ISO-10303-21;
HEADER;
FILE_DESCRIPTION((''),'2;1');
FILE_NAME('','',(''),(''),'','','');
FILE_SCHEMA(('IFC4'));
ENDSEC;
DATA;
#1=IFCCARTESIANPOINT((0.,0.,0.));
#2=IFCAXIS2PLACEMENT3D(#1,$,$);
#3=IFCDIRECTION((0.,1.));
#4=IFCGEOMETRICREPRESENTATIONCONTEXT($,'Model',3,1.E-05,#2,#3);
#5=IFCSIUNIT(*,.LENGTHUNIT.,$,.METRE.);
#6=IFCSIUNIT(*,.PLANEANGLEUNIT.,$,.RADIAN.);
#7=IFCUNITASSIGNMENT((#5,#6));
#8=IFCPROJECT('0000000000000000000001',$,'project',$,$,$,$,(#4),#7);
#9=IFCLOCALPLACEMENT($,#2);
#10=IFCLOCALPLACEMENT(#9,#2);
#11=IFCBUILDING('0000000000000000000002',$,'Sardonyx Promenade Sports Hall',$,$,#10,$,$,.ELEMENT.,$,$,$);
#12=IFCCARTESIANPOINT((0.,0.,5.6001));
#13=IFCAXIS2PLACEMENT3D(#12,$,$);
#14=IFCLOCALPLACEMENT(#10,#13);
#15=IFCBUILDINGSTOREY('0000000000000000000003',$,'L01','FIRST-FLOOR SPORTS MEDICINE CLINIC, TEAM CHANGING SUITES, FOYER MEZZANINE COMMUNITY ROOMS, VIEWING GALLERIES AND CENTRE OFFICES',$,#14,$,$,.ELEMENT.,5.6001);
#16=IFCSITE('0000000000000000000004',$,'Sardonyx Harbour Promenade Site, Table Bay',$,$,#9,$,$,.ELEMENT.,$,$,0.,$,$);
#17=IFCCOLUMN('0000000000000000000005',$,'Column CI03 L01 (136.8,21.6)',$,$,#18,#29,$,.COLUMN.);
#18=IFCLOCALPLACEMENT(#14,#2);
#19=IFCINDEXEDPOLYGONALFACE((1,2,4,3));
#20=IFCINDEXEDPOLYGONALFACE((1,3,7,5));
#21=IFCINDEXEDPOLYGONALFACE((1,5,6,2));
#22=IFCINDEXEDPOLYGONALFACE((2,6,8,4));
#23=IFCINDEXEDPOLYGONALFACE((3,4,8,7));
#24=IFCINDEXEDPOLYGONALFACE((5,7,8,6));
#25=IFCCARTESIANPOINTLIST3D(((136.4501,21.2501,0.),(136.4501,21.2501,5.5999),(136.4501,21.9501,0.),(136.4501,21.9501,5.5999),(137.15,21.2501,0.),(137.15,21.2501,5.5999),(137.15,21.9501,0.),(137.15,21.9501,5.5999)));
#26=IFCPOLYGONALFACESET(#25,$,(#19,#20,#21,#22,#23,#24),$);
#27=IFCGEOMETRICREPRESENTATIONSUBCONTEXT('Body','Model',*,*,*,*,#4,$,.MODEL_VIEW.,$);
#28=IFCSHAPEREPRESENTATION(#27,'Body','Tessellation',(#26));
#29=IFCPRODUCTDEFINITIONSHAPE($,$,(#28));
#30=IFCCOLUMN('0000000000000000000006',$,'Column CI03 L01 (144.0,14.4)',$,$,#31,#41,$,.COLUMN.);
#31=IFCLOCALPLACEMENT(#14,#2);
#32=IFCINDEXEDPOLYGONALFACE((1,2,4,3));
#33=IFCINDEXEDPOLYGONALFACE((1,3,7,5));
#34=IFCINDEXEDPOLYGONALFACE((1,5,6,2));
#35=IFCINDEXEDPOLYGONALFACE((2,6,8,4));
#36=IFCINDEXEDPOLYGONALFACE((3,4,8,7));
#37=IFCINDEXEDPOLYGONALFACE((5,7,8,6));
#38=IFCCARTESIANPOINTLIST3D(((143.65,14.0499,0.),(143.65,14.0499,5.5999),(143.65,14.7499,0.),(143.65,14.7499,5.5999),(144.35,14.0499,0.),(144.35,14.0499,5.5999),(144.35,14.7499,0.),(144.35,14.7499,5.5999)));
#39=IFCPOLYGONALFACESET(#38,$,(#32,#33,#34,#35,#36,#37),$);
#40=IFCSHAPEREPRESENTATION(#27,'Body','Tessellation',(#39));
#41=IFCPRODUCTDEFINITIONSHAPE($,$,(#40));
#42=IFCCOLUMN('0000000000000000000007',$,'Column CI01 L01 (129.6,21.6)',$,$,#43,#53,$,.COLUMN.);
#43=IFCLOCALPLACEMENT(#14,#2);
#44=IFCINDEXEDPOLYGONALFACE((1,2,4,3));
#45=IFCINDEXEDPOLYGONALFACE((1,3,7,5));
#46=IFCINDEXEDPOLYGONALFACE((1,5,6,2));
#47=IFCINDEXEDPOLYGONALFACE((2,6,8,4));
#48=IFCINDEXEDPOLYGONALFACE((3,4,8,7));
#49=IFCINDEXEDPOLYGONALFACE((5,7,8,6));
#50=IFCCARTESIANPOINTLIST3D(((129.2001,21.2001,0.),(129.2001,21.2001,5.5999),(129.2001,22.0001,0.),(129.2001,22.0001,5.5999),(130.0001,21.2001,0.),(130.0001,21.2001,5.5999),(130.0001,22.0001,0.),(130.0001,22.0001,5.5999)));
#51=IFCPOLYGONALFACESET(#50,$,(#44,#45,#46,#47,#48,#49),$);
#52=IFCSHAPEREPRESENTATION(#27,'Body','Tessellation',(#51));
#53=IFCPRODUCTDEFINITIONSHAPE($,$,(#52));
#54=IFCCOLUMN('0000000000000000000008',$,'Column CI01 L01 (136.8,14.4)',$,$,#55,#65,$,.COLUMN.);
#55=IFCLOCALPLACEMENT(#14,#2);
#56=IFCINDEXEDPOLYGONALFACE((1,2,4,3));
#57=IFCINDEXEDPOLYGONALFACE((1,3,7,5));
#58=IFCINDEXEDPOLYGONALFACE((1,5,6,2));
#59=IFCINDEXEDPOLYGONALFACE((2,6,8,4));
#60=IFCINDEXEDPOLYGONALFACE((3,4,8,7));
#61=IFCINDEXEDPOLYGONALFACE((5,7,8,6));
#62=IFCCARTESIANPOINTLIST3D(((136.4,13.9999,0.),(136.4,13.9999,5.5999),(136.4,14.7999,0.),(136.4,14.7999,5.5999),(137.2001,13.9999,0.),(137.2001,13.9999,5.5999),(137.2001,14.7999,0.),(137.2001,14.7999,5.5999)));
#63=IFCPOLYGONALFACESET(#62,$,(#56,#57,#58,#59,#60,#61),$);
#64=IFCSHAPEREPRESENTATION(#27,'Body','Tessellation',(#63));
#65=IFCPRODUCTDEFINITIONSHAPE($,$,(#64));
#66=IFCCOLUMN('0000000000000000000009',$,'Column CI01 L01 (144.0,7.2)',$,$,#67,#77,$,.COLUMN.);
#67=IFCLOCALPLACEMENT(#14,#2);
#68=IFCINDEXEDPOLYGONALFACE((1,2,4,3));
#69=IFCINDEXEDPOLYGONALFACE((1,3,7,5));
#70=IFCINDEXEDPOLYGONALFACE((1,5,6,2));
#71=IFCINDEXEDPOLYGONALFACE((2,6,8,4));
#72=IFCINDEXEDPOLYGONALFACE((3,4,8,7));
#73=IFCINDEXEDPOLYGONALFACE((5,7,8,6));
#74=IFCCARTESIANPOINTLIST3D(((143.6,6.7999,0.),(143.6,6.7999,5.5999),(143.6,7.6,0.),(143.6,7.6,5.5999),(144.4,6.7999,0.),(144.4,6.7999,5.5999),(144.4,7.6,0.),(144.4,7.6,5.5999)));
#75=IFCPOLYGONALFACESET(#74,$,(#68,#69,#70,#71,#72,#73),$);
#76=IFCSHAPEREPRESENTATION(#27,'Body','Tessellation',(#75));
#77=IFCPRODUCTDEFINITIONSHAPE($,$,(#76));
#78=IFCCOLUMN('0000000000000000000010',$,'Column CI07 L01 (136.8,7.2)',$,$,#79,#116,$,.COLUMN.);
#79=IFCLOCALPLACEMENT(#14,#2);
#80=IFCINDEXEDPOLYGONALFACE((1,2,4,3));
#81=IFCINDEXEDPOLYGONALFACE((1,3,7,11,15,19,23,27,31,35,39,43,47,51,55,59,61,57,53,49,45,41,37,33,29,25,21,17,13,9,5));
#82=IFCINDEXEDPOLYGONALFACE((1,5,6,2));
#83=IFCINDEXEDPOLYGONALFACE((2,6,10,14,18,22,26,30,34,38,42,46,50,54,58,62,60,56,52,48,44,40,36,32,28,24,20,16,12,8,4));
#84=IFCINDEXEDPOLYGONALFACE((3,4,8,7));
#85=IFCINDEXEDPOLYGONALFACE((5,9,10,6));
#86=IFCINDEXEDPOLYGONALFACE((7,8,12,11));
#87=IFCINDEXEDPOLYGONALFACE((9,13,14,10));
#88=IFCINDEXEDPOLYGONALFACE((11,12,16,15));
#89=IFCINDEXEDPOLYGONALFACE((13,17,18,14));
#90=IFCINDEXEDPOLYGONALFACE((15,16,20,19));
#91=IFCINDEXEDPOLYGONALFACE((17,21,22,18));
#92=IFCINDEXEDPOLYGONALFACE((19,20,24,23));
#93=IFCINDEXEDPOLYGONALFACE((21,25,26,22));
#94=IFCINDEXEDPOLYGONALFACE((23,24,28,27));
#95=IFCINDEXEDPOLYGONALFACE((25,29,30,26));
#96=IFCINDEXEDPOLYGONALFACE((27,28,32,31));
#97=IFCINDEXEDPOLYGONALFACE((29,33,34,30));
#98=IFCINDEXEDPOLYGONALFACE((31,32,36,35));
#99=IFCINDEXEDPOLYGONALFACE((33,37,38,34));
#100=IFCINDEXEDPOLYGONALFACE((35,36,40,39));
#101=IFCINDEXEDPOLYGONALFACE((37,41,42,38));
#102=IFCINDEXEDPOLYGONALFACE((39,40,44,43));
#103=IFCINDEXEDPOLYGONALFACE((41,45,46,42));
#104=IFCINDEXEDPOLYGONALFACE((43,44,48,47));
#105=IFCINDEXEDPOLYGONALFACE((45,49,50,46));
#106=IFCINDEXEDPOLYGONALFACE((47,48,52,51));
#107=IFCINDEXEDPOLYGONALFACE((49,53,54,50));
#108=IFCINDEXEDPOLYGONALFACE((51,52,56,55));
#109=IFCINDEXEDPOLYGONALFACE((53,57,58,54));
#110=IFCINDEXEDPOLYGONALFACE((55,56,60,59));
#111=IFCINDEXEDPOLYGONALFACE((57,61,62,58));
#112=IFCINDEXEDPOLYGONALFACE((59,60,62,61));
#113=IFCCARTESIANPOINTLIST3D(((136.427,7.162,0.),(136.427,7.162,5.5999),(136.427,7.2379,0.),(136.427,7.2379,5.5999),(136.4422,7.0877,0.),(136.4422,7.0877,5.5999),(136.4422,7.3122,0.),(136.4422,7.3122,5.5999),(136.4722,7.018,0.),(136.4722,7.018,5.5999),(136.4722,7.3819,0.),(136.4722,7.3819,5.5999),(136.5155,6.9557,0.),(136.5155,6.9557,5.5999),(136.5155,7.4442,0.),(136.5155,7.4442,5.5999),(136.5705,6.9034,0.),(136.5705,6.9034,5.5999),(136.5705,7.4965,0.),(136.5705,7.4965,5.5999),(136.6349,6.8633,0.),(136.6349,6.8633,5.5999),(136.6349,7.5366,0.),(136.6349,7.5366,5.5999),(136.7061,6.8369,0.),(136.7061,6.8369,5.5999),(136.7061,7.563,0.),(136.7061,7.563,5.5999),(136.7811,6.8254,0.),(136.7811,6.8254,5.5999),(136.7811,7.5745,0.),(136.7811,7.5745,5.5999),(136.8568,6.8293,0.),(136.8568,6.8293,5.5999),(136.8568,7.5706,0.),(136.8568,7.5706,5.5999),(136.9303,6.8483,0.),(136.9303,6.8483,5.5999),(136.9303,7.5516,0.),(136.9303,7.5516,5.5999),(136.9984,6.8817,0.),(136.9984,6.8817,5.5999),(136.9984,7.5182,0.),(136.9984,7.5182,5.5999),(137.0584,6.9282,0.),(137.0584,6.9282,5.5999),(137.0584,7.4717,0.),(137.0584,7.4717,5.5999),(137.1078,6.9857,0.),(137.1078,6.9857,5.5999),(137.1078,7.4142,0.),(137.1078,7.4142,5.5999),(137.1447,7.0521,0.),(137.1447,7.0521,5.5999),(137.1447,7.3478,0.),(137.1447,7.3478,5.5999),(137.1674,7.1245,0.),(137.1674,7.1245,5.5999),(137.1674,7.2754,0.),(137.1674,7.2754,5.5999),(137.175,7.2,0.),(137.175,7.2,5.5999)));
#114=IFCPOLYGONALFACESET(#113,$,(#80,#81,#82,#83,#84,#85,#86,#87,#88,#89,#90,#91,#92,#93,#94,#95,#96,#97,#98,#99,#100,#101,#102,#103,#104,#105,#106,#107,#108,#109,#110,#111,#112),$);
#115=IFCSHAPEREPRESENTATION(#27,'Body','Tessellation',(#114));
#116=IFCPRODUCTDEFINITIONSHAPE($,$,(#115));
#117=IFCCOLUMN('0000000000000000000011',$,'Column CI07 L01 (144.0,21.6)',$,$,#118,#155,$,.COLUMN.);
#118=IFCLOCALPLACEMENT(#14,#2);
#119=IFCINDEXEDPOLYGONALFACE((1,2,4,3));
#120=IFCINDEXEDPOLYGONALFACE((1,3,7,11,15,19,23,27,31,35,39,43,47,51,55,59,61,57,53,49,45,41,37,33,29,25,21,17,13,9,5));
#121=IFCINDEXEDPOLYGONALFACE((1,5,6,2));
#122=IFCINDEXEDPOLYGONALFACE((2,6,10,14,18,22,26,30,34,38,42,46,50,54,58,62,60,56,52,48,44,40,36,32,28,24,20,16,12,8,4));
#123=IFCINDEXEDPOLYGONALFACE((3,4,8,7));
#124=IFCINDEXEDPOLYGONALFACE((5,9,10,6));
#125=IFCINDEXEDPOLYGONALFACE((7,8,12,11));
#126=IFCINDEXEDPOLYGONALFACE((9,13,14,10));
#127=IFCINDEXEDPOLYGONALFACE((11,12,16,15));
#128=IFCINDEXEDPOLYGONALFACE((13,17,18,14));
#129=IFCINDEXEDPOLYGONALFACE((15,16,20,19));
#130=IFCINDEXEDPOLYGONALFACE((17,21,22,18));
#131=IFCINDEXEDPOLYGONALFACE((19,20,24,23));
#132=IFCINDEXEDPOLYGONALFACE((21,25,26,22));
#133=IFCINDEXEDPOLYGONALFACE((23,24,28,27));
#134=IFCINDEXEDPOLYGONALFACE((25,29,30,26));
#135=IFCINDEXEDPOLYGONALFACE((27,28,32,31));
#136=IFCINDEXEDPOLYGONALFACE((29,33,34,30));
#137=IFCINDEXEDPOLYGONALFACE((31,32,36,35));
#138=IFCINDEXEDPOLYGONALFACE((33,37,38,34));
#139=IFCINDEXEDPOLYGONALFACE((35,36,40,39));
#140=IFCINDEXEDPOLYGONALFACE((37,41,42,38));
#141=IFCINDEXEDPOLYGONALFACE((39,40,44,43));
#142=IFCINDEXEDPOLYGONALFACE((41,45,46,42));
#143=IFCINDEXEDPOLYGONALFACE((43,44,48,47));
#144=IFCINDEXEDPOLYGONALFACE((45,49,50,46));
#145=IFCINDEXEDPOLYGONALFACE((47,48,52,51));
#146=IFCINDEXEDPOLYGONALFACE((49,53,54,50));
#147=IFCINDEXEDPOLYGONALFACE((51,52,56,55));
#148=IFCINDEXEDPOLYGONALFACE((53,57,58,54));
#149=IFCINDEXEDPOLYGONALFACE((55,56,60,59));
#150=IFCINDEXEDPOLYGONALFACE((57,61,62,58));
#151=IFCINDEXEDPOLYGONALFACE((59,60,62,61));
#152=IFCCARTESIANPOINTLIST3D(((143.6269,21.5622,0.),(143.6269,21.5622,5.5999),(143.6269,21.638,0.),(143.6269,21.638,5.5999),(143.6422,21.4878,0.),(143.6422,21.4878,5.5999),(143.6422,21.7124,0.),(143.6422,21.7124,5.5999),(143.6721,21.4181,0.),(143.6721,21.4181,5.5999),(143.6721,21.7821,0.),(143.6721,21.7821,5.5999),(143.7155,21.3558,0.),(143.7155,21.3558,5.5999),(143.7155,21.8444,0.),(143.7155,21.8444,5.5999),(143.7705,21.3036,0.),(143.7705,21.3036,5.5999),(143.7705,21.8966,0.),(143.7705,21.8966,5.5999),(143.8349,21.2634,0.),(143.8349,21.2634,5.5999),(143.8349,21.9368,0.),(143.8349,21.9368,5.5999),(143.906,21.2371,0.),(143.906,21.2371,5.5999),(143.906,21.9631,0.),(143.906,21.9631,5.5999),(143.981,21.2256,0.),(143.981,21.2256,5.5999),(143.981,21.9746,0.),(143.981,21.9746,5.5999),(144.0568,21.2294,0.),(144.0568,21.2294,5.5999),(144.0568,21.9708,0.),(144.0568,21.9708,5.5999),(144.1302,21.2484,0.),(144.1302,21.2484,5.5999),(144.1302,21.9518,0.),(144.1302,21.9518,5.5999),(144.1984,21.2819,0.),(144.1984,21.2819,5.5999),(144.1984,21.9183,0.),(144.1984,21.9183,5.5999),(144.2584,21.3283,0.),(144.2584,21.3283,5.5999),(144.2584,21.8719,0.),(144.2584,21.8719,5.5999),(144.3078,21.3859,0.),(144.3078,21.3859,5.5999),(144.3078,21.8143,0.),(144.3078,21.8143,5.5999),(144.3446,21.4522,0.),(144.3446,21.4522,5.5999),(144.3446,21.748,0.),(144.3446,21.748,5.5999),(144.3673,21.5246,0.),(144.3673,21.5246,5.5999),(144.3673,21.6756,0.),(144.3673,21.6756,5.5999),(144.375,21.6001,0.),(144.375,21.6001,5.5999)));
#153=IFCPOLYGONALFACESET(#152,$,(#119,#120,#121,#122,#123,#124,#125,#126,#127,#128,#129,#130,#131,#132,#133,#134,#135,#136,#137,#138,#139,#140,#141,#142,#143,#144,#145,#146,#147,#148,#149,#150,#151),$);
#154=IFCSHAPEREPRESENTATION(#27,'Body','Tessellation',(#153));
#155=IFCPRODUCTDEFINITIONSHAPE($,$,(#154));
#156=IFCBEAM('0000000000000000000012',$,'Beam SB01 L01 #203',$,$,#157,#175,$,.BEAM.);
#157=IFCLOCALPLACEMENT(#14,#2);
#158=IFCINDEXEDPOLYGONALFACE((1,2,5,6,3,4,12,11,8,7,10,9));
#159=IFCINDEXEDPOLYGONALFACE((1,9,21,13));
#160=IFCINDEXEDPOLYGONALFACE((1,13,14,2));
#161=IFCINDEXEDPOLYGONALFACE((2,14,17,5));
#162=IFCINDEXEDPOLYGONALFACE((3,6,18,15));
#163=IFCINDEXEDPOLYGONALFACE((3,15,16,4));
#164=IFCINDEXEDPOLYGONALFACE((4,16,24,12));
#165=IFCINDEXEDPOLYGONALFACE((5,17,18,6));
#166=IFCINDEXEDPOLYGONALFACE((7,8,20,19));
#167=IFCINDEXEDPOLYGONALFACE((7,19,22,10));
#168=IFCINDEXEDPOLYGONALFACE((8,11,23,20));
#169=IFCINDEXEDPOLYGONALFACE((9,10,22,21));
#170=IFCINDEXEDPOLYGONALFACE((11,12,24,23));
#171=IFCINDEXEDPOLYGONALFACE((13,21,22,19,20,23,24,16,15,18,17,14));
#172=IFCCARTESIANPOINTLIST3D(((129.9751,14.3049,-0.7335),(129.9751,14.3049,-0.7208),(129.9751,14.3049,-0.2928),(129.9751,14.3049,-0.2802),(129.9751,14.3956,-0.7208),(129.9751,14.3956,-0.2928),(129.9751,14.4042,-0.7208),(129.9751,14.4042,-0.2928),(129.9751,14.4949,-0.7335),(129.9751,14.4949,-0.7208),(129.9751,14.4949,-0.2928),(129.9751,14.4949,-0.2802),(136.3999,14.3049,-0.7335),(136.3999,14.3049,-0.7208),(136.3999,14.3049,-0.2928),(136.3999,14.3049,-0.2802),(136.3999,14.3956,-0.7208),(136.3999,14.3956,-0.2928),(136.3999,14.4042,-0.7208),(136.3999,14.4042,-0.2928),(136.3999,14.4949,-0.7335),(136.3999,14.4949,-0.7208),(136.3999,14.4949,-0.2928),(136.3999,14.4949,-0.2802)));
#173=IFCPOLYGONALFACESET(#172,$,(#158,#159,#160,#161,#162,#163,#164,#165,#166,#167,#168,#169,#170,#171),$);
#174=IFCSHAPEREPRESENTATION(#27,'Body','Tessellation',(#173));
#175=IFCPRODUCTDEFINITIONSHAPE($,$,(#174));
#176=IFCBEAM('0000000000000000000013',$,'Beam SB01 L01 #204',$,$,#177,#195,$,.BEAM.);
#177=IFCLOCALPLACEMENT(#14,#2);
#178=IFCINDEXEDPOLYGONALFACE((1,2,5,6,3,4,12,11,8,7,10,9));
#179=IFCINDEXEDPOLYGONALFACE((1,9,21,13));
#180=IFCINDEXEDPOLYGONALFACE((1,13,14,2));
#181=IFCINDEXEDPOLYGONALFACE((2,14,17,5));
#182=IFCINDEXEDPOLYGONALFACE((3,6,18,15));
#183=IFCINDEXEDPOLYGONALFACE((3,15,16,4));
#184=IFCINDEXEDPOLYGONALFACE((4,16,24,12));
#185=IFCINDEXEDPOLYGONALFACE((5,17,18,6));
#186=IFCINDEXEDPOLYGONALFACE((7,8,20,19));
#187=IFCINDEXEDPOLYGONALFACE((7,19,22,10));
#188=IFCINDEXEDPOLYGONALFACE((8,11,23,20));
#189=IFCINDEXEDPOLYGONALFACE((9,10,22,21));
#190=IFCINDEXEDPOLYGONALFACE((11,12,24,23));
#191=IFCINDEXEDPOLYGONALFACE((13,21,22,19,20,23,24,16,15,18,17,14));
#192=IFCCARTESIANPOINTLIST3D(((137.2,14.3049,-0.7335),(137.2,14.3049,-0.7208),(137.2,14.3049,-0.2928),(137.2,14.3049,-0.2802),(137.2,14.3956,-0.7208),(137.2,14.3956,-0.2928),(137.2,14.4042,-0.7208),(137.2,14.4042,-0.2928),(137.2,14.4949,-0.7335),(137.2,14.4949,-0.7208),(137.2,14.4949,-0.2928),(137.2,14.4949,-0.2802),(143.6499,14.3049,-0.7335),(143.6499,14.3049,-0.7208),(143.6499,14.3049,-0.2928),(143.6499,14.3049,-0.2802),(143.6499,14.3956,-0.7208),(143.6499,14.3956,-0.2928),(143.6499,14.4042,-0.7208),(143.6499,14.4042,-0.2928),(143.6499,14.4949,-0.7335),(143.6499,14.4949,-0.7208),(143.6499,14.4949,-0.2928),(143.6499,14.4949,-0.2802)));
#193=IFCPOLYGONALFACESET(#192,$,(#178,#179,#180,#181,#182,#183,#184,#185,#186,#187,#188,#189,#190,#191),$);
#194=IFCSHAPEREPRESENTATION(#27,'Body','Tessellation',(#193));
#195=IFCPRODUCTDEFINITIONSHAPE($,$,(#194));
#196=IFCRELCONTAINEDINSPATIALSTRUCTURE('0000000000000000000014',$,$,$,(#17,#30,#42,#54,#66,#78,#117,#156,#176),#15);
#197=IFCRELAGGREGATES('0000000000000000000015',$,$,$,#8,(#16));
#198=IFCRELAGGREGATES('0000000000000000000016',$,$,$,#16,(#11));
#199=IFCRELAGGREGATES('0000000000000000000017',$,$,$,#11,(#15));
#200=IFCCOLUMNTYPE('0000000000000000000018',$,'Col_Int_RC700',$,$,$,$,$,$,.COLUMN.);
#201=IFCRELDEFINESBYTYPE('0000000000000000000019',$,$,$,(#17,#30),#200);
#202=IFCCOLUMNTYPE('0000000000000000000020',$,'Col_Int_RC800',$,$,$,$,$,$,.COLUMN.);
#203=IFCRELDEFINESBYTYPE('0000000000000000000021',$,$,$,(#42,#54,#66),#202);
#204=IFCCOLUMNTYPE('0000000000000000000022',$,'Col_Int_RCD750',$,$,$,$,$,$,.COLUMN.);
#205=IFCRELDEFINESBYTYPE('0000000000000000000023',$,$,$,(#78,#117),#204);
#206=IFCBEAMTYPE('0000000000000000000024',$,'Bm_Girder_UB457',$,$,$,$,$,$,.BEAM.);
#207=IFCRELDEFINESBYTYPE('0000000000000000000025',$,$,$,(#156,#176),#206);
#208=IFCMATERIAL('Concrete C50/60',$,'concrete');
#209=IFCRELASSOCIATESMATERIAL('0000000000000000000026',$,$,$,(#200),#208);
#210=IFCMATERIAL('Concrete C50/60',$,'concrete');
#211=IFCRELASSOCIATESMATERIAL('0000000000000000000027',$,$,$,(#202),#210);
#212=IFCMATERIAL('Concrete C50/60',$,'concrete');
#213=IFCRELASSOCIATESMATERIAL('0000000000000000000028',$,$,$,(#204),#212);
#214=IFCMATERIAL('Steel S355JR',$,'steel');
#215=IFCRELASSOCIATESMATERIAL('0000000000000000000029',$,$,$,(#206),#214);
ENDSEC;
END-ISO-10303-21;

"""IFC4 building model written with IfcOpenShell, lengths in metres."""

from ifc_helpers import new_model, si_unit, direction, frame, origin, origin_2d, place, context, subcontext, project, spatial, rectangle, circle, i_section, extrude, material, material_profile, profile_set, type_object, element, save


model = new_model("IFC4")

# Units and contexts
model_context = context("Model", 3, precision=1e-05, world=origin(), true_north=direction((0.0, 1.0)))
body_context = subcontext(model_context, "Body", "Model", "MODEL_VIEW")
ifc_project = project(units=[si_unit("LENGTHUNIT", "METRE"), si_unit("PLANEANGLEUNIT", "RADIAN")], contexts=[model_context])

# Site, building, storey
site_placement = place(None, origin())
site = spatial("IfcSite", under=ifc_project, at=site_placement, Name="Sardonyx Harbour Promenade Site, Table Bay", CompositionType="ELEMENT", RefElevation=0.0)
building_placement = place(site_placement, origin())
building = spatial("IfcBuilding", under=site, at=building_placement, Name="Sardonyx Promenade Sports Hall", CompositionType="ELEMENT")
storey_placement = place(building_placement, frame((0.0, 0.0, 5.6001)))
storey = spatial("IfcBuildingStorey", under=building, at=storey_placement, Name="L01", Description="FIRST-FLOOR SPORTS MEDICINE CLINIC, TEAM CHANGING SUITES, FOYER MEZZANINE COMMUNITY ROOMS, VIEWING GALLERIES AND CENTRE OFFICES", CompositionType="ELEMENT", Elevation=5.6001)

# Columns
ifc_material_1 = material(Name="Concrete C50/60", Category="concrete")
ifc_material_profile_1 = material_profile(ifc_material_1, rectangle(XDim=0.7, YDim=0.7, at=origin_2d()))
ifc_profile_set_1 = profile_set([ifc_material_profile_1], Name="Concrete C50/60")
column_type_1 = type_object("IfcColumnType", Name="Col_Int_RC700", PredefinedType="COLUMN", material=ifc_profile_set_1)
for number, where, z_axis, x_axis, name in (
    (1, (136.8, 21.6001, 0.0), (0.0, 0.0, 1.0), (1.0, 0.0, 0.0), "Column CI03 L01 (136.8,21.6)"),
    (2, (144.0, 14.3999, 0.0), (0.0, 0.0, 1.0), (1.0, 0.0, 0.0), "Column CI03 L01 (144.0,14.4)"),
):
    element("IfcColumn", number, at=place(storey_placement, frame(where, z_axis=z_axis, x_axis=x_axis)), inside=storey, type_object=column_type_1, Name=name, PredefinedType="COLUMN", context=body_context, shape_type="SweptSolid", body=[
        extrude(rectangle(XDim=0.7, YDim=0.7, at=origin_2d()), origin(), (0.0, 0.0, 1.0), 5.5999),
    ])
ifc_material_2 = material(Name="Concrete C50/60", Category="concrete")
ifc_material_profile_2 = material_profile(ifc_material_2, rectangle(XDim=0.8, YDim=0.8, at=origin_2d()))
ifc_profile_set_2 = profile_set([ifc_material_profile_2], Name="Concrete C50/60")
column_type_2 = type_object("IfcColumnType", Name="Col_Int_RC800", PredefinedType="COLUMN", material=ifc_profile_set_2)
for number, where, z_axis, x_axis, name in (
    (3, (129.6001, 21.6001, 0.0), (0.0, 0.0, 1.0), (1.0, 0.0, 0.0), "Column CI01 L01 (129.6,21.6)"),
    (4, (136.8, 14.3999, 0.0), (0.0, 0.0, 1.0), (1.0, 0.0, 0.0), "Column CI01 L01 (136.8,14.4)"),
    (5, (144.0, 7.2, 0.0), (0.0, 0.0, 1.0), (1.0, 0.0, 0.0), "Column CI01 L01 (144.0,7.2)"),
):
    element("IfcColumn", number, at=place(storey_placement, frame(where, z_axis=z_axis, x_axis=x_axis)), inside=storey, type_object=column_type_2, Name=name, PredefinedType="COLUMN", context=body_context, shape_type="SweptSolid", body=[
        extrude(rectangle(XDim=0.8, YDim=0.8, at=origin_2d()), origin(), (0.0, 0.0, 1.0), 5.5999),
    ])
ifc_material_3 = material(Name="Concrete C50/60", Category="concrete")
ifc_material_profile_3 = material_profile(ifc_material_3, circle(Radius=0.375, at=origin_2d()))
ifc_profile_set_3 = profile_set([ifc_material_profile_3], Name="Concrete C50/60")
column_type_3 = type_object("IfcColumnType", Name="Col_Int_RCD750", PredefinedType="COLUMN", material=ifc_profile_set_3)
for number, where, z_axis, x_axis, name in (
    (6, (136.8, 7.2, 0.0), (0.0, 0.0, 1.0), (1.0, 0.0, 0.0), "Column CI07 L01 (136.8,7.2)"),
    (7, (144.0, 21.6001, 0.0), (0.0, 0.0, 1.0), (1.0, 0.0, 0.0), "Column CI07 L01 (144.0,21.6)"),
):
    element("IfcColumn", number, at=place(storey_placement, frame(where, z_axis=z_axis, x_axis=x_axis)), inside=storey, type_object=column_type_3, Name=name, PredefinedType="COLUMN", context=body_context, shape_type="SweptSolid", body=[
        extrude(circle(Radius=0.375, at=origin_2d()), origin(), (0.0, 0.0, 1.0), 5.5999),
    ])

# Beams
ifc_material_4 = material(Name="Steel S355JR", Category="steel")
ifc_material_profile_4 = material_profile(ifc_material_4, i_section(OverallWidth=0.1899, OverallDepth=0.4534, WebThickness=0.0085, FlangeThickness=0.0127, at=origin_2d()))
ifc_profile_set_4 = profile_set([ifc_material_profile_4], Name="Steel S355JR")
beam_type_1 = type_object("IfcBeamType", Name="Bm_Girder_UB457", PredefinedType="BEAM", material=ifc_profile_set_4)
beam_1_placement = place(storey_placement, frame((129.9751, 14.3999, -0.5068), z_axis=(1.0, 0.0, 0.0), x_axis=(0.0, 1.0, 0.0)))
element("IfcBeam", 8, at=beam_1_placement, inside=storey, type_object=beam_type_1, Name="Beam SB01 L01 #203", PredefinedType="BEAM", context=body_context, shape_type="SweptSolid", body=[
    extrude(i_section(OverallWidth=0.1899, OverallDepth=0.4534, WebThickness=0.0085, FlangeThickness=0.0127, at=origin_2d()), origin(), (0.0, 0.0, 1.0), 6.4248),
])
beam_2_placement = place(storey_placement, frame((137.2, 14.3999, -0.5068), z_axis=(1.0, 0.0, 0.0), x_axis=(0.0, 1.0, 0.0)))
element("IfcBeam", 9, at=beam_2_placement, inside=storey, type_object=beam_type_1, Name="Beam SB01 L01 #204", PredefinedType="BEAM", context=body_context, shape_type="SweptSolid", body=[
    extrude(i_section(OverallWidth=0.1899, OverallDepth=0.4534, WebThickness=0.0085, FlangeThickness=0.0127, at=origin_2d()), origin(), (0.0, 0.0, 1.0), 6.45),
])

save(model, "model.ifc")
